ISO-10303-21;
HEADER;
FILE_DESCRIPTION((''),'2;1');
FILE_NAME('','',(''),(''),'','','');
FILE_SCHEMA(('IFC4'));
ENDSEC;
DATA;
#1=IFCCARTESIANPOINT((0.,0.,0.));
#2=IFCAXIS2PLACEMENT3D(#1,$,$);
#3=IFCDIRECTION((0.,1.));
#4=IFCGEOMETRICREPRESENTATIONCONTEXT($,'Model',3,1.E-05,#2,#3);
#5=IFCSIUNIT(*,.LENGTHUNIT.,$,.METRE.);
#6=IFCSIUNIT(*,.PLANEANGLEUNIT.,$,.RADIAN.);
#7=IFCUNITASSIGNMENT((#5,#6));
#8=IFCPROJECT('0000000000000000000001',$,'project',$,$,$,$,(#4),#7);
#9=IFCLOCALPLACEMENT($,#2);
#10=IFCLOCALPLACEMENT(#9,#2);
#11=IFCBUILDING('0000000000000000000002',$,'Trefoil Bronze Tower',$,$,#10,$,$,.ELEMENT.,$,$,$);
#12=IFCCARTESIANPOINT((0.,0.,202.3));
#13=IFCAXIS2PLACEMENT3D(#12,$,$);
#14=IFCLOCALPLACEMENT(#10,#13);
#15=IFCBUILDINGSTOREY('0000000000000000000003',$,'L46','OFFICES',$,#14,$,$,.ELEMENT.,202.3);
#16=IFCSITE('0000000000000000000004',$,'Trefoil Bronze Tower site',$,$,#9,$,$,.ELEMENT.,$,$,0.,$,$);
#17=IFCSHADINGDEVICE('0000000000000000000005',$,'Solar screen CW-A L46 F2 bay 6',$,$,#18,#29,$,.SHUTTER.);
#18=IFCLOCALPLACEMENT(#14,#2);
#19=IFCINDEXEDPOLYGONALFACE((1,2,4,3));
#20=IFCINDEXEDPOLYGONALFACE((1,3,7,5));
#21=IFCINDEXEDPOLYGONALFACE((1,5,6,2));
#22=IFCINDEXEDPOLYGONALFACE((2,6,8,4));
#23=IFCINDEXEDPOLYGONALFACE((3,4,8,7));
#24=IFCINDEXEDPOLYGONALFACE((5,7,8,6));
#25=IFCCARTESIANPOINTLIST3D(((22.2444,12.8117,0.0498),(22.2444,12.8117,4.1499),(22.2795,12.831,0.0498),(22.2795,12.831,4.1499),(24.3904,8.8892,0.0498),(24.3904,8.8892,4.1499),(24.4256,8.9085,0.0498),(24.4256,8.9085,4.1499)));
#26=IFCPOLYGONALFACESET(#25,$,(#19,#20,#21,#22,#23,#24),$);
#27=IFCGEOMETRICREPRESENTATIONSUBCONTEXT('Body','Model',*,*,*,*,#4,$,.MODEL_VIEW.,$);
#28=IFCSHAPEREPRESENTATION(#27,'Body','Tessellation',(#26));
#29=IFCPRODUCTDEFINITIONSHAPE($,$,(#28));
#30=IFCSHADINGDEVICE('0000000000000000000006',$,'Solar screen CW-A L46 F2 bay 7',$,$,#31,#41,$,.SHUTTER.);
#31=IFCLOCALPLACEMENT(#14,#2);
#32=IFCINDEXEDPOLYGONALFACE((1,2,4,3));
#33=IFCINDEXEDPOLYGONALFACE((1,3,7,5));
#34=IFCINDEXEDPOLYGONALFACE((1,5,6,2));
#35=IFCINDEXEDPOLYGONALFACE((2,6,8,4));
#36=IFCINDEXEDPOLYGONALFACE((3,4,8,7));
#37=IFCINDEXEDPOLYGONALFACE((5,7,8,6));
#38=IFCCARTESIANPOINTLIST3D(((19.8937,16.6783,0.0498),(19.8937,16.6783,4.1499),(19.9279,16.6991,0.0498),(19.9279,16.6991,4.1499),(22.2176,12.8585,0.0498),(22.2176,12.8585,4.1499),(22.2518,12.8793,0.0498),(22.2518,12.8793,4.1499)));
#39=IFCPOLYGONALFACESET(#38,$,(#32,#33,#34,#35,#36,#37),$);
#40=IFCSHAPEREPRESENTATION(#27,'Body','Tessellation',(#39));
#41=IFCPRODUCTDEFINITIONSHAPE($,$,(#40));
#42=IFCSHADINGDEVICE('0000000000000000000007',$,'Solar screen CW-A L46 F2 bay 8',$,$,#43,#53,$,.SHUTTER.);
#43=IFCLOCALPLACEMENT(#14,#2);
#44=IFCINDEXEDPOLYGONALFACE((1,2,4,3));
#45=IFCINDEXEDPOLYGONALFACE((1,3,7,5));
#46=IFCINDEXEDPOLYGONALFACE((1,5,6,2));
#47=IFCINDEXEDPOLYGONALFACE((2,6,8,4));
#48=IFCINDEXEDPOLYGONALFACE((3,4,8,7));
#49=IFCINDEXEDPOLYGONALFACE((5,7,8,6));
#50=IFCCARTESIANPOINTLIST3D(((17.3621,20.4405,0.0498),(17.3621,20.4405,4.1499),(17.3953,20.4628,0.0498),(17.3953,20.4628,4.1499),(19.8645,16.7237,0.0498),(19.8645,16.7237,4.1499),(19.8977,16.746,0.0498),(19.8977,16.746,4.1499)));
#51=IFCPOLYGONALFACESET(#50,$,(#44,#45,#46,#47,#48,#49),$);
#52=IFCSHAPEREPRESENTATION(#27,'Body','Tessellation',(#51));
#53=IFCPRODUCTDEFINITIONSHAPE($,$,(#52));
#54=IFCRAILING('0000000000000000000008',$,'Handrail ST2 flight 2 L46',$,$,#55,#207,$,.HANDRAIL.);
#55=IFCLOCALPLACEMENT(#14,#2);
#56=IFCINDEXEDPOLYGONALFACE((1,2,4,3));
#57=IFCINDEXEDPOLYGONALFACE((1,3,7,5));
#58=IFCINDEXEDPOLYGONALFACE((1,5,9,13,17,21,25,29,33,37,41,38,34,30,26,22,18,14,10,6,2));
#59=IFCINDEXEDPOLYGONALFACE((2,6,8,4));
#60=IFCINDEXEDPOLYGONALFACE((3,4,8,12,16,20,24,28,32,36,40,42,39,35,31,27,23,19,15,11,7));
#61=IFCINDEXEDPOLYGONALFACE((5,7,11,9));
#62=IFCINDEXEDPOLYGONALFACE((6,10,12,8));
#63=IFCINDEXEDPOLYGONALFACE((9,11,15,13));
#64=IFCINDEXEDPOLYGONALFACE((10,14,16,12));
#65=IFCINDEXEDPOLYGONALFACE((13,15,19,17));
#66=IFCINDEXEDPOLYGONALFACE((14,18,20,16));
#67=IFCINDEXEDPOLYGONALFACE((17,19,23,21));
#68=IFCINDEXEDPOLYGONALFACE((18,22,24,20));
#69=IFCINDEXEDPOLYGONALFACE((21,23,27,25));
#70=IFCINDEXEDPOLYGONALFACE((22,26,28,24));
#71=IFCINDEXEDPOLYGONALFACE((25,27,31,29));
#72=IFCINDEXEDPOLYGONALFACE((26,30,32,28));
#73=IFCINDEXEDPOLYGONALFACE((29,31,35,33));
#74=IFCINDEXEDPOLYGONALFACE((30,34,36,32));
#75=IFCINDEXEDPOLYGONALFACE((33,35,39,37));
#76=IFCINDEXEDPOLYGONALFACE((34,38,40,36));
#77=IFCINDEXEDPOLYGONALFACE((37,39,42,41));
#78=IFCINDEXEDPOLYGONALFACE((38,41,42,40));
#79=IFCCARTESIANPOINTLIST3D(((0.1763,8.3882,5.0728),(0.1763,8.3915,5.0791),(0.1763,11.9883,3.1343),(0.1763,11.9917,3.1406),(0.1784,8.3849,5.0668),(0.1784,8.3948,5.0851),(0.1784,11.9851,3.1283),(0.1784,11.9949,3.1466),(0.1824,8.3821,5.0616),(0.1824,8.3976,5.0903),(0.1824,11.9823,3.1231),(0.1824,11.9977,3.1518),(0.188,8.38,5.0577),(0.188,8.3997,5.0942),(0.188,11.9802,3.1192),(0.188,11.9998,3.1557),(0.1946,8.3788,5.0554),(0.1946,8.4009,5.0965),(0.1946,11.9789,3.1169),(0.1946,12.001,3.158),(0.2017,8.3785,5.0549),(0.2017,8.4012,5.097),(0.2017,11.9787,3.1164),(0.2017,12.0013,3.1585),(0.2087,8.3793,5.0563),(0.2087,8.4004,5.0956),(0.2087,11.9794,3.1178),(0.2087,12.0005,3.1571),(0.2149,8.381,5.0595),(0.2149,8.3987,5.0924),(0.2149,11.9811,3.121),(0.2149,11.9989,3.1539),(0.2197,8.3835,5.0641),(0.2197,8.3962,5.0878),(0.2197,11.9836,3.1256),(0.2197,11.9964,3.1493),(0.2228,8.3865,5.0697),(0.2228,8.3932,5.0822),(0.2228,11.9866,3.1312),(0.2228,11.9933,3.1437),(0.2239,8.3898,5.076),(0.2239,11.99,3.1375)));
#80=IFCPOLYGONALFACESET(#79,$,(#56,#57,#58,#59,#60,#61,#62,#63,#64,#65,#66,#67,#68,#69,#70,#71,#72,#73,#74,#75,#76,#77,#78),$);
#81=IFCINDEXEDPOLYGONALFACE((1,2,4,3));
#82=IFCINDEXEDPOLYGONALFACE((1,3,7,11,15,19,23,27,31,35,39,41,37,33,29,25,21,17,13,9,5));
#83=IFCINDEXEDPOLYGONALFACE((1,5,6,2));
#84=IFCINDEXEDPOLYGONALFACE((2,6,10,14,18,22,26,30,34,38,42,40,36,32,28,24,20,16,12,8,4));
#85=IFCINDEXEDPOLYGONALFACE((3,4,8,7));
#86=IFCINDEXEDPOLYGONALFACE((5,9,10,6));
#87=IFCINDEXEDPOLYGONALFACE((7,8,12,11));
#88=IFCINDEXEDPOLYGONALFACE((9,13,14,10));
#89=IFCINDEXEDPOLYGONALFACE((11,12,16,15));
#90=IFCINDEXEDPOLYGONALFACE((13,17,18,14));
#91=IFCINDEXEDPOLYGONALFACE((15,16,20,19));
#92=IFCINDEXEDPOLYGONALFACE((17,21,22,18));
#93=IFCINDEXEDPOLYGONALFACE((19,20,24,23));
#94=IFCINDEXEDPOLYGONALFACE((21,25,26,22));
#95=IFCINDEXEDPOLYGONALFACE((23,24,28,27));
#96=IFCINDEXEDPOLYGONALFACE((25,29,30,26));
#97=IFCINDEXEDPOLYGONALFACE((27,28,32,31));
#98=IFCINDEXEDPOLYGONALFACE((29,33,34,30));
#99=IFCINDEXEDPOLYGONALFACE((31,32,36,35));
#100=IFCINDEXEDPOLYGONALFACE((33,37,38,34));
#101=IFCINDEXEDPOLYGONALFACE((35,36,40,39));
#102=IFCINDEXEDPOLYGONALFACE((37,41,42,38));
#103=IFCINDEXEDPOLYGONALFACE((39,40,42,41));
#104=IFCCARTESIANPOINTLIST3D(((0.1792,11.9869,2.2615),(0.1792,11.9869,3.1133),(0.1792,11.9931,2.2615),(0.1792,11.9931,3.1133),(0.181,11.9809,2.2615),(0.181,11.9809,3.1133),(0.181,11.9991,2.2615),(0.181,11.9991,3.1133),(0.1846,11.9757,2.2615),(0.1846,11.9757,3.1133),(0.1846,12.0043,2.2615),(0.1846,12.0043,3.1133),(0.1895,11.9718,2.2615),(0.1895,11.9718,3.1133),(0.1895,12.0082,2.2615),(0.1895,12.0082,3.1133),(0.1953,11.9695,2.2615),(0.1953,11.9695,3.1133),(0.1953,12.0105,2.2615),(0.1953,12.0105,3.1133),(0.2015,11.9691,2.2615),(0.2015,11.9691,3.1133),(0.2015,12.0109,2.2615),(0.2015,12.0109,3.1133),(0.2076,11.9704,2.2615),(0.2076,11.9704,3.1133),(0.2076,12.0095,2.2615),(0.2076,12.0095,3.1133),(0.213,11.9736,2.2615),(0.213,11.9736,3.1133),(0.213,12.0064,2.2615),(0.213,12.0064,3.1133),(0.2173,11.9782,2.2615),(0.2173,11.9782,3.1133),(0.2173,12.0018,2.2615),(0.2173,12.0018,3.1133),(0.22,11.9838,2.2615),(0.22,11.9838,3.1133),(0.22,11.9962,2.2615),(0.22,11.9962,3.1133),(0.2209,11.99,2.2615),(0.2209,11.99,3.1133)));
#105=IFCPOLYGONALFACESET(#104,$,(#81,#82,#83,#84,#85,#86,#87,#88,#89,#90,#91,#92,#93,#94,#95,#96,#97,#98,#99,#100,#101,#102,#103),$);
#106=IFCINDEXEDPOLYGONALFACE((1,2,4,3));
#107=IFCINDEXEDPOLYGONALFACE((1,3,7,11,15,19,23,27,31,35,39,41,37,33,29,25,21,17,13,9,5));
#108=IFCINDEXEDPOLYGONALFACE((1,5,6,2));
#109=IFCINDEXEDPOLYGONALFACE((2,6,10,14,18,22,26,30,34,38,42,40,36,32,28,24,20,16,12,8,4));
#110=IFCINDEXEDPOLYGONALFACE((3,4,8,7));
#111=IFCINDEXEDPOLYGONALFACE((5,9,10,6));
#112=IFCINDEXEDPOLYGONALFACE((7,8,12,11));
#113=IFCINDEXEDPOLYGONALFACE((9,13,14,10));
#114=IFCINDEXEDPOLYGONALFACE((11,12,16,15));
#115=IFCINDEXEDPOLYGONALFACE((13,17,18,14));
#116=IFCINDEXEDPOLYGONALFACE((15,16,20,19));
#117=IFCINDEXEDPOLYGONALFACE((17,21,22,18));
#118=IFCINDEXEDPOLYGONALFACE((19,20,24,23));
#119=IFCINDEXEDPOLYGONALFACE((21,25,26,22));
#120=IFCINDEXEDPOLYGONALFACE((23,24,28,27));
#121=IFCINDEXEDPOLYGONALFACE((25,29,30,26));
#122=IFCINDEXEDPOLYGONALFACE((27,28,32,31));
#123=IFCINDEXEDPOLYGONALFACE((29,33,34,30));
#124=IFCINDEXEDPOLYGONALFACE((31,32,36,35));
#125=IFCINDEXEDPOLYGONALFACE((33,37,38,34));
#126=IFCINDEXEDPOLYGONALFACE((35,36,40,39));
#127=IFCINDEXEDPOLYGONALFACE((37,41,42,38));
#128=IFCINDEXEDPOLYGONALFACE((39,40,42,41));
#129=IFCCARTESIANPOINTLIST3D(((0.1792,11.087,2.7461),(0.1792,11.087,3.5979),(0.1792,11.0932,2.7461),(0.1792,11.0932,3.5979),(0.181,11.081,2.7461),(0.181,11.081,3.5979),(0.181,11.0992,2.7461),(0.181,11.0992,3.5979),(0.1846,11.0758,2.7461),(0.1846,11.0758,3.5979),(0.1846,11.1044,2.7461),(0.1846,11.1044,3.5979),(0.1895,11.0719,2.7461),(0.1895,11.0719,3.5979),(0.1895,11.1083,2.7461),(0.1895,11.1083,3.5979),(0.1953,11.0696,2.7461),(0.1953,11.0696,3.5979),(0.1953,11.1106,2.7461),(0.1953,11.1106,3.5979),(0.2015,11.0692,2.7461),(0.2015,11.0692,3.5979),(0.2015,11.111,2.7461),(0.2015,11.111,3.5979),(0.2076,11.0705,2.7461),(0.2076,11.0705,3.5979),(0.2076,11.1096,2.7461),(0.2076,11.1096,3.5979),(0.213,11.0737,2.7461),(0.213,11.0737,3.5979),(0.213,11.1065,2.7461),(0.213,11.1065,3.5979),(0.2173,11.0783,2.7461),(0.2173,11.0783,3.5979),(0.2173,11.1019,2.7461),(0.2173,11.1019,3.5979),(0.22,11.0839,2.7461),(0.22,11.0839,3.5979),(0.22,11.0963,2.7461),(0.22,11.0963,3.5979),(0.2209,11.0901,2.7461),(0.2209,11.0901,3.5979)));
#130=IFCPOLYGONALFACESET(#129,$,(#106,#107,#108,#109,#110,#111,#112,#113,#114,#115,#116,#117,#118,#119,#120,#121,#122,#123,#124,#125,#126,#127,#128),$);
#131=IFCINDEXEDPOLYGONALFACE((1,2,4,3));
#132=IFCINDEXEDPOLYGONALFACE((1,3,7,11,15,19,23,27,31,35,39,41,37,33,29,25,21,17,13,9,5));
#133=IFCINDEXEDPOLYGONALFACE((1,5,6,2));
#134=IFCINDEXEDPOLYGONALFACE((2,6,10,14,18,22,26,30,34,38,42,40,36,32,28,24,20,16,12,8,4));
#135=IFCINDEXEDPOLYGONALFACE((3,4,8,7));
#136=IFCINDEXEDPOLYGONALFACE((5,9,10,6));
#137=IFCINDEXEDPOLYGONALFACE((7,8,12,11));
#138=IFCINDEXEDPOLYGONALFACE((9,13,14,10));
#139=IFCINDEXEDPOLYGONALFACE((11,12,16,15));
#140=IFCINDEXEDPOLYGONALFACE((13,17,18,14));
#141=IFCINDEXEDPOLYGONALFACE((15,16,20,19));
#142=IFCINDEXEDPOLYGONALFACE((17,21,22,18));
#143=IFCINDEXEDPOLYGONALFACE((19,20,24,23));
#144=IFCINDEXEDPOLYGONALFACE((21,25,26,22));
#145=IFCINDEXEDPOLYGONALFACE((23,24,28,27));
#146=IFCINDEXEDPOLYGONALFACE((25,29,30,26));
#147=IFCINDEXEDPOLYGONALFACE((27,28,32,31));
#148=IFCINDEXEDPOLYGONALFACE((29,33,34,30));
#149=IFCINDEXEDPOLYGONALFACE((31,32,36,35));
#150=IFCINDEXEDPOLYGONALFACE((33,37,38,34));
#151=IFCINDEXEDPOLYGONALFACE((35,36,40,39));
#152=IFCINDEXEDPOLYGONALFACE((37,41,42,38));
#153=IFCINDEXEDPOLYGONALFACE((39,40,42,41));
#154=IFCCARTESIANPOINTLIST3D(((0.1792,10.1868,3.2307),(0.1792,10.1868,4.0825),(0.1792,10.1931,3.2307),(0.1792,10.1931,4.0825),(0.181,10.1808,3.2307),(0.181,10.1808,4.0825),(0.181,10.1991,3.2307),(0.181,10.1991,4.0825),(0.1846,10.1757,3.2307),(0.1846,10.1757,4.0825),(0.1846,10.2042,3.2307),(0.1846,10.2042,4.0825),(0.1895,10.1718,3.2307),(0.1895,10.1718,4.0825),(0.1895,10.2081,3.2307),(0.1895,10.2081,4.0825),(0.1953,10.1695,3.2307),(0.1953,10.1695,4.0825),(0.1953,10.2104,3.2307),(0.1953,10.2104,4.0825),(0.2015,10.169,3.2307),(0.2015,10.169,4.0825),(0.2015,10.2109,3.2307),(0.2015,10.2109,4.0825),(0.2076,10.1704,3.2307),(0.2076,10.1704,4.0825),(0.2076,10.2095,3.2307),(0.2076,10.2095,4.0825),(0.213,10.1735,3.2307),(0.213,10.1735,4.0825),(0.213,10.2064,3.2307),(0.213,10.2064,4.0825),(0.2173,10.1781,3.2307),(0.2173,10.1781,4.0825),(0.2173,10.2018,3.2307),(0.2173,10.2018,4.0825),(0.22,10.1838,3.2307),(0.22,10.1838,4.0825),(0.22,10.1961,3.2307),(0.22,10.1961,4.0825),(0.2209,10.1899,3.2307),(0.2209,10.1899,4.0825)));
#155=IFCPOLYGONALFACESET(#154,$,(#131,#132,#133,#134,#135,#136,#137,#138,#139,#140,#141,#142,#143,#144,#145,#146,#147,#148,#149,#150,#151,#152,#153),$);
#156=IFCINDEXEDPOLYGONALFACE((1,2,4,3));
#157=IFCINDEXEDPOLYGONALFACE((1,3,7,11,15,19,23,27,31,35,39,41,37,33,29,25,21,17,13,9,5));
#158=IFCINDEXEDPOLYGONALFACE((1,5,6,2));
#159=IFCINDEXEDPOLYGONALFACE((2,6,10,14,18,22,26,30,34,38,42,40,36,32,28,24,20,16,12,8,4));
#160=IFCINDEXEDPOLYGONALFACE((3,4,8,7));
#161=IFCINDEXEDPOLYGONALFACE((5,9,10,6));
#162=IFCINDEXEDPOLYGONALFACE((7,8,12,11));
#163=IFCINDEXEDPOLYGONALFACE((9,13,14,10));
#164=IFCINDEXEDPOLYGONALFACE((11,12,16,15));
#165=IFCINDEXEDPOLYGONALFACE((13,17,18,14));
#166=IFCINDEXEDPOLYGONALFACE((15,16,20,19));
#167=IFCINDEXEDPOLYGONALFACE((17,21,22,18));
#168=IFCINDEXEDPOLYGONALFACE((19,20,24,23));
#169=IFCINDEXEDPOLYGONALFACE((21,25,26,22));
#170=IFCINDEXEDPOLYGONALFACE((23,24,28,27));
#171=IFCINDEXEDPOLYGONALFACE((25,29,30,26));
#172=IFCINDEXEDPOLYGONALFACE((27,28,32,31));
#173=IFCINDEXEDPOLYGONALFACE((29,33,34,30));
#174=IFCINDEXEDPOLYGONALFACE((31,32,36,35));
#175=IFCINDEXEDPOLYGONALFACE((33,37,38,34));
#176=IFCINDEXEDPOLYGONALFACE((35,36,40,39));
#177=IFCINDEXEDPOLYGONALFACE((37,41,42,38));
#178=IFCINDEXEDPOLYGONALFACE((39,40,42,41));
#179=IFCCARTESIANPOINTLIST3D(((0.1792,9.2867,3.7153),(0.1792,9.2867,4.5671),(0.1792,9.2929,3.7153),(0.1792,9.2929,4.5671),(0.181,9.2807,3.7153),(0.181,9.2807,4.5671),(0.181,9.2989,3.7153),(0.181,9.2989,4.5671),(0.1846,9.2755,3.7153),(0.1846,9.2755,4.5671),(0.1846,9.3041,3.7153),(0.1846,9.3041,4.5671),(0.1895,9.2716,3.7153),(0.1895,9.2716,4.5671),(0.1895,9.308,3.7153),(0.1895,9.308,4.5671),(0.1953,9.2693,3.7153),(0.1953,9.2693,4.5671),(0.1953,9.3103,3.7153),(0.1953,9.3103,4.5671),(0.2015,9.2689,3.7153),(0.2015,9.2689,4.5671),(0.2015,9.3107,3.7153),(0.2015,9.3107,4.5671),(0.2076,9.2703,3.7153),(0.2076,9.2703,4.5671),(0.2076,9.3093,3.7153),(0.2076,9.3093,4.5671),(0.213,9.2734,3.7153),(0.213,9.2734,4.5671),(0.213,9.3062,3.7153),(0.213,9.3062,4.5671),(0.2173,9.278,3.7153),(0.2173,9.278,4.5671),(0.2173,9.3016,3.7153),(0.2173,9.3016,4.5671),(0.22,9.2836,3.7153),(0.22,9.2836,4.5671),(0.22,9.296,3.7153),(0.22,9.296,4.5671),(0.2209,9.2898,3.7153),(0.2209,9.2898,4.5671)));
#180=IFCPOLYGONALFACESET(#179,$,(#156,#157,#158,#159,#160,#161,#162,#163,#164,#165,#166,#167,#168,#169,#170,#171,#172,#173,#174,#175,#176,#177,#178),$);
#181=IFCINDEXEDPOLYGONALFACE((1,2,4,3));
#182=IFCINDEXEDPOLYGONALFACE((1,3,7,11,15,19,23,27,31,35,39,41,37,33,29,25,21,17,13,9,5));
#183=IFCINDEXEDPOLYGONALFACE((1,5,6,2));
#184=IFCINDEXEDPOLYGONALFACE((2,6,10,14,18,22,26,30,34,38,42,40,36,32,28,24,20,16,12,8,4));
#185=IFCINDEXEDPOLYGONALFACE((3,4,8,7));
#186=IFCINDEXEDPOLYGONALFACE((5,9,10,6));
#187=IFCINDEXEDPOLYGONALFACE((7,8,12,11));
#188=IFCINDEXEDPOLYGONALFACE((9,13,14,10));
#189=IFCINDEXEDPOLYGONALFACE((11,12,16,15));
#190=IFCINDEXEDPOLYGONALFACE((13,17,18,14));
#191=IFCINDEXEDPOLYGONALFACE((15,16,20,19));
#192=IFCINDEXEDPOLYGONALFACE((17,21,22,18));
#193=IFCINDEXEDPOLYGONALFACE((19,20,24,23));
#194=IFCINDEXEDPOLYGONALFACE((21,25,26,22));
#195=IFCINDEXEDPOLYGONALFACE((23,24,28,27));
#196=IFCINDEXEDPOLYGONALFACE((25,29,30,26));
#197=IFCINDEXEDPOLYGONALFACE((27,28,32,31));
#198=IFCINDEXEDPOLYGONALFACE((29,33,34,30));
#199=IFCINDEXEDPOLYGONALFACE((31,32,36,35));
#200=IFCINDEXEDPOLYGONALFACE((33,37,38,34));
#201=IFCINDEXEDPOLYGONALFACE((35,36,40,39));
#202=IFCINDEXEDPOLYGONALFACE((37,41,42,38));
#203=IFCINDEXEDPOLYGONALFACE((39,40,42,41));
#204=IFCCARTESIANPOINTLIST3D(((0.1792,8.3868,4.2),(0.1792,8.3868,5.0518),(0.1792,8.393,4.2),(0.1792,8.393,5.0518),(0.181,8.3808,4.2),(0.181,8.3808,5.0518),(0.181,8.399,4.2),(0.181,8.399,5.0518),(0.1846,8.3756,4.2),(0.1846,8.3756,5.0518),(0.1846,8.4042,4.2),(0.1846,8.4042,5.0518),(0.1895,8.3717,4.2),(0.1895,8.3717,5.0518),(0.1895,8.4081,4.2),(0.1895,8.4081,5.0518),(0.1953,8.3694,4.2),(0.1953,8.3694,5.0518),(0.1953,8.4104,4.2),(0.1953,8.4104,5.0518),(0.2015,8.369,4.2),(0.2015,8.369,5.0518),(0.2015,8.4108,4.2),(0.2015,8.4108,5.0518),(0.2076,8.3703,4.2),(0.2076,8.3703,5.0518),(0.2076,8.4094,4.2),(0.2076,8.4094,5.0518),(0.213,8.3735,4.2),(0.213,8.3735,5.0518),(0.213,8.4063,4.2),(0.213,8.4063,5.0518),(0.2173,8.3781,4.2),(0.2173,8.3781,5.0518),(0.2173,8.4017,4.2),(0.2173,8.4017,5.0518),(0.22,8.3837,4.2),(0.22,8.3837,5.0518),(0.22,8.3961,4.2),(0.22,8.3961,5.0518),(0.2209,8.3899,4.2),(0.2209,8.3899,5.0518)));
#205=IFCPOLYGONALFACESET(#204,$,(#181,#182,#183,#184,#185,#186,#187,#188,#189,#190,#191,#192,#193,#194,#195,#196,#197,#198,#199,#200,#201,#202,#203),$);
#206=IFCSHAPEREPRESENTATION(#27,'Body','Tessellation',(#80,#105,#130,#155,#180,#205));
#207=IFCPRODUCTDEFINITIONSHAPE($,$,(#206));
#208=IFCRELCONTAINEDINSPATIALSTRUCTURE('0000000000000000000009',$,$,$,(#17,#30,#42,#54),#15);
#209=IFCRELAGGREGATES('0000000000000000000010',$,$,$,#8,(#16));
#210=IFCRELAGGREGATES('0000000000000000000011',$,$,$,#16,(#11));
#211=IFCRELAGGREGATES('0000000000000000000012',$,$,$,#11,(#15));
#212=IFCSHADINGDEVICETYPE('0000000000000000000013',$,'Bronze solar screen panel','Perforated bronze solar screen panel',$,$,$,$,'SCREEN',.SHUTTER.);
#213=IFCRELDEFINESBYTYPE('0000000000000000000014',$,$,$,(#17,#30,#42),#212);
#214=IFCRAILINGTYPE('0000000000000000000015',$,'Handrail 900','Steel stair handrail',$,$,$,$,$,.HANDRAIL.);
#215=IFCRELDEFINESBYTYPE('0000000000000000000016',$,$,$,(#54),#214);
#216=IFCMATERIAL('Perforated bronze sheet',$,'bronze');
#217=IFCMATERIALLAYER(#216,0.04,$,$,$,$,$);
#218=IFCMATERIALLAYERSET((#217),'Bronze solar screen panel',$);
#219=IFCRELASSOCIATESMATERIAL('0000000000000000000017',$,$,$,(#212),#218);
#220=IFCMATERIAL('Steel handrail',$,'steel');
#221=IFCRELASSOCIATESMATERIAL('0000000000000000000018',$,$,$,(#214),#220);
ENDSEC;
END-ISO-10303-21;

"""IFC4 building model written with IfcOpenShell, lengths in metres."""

from ifc_helpers import new_model, si_unit, direction, frame, origin, origin_2d, place, context, subcontext, project, spatial, rectangle, circle, extrude, material, layer, layer_set, type_object, element, save


model = new_model("IFC4")

# Units and contexts
model_context = context("Model", 3, precision=1e-05, world=origin(), true_north=direction((0.0, 1.0)))
body_context = subcontext(model_context, "Body", "Model", "MODEL_VIEW")
ifc_project = project(units=[si_unit("LENGTHUNIT", "METRE"), si_unit("PLANEANGLEUNIT", "RADIAN")], contexts=[model_context])

# Site, building, storey
site_placement = place(None, origin())
site = spatial("IfcSite", under=ifc_project, at=site_placement, Name="Trefoil Bronze Tower site", CompositionType="ELEMENT", RefElevation=0.0)
building_placement = place(site_placement, origin())
building = spatial("IfcBuilding", under=site, at=building_placement, Name="Trefoil Bronze Tower", CompositionType="ELEMENT")
storey_placement = place(building_placement, frame((0.0, 0.0, 202.3)))
storey = spatial("IfcBuildingStorey", under=building, at=storey_placement, Name="L46", Description="OFFICES", CompositionType="ELEMENT", Elevation=202.3)

# Shading devices
ifc_material_1 = material(Name="Perforated bronze sheet", Category="bronze")
ifc_layer_1 = layer(ifc_material_1, 0.04)
ifc_layer_set_1 = layer_set([ifc_layer_1], Name="Bronze solar screen panel")
shading_device_type = type_object("IfcShadingDeviceType", Name="Bronze solar screen panel", Description="Perforated bronze solar screen panel", ElementType="SCREEN", PredefinedType="SHUTTER", material=ifc_layer_set_1)
for number, where, z_axis, x_axis, name in (
    (1, (23.335, 10.8601, 0.0498), (0.0, 0.0, 1.0), (-0.479974, 0.877283, 0.0), "Solar screen CW-A L46 F2 bay 6"),
    (2, (21.0728, 14.7788, 0.0498), (0.0, 0.0, 1.0), (-0.519762, 0.854311, 0.0), "Solar screen CW-A L46 F2 bay 7"),
):
    element("IfcShadingDevice", number, at=place(storey_placement, frame(where, z_axis=z_axis, x_axis=x_axis)), inside=storey, type_object=shading_device_type, Name=name, PredefinedType="SHUTTER", context=body_context, shape_type="SweptSolid", body=[
        extrude(rectangle(XDim=4.4712, YDim=0.04, at=origin_2d()), origin(), (0.0, 0.0, 1.0), 4.1001),
    ])
shading_device_placement = place(storey_placement, frame((18.6299, 18.5933, 0.0498), z_axis=(0.0, 0.0, 1.0), x_axis=(-0.558493, 0.829509, 0.0)))
element("IfcShadingDevice", 3, at=shading_device_placement, inside=storey, type_object=shading_device_type, Name="Solar screen CW-A L46 F2 bay 8", PredefinedType="SHUTTER", context=body_context, shape_type="SweptSolid", body=[
    extrude(rectangle(XDim=4.4807, YDim=0.04, at=origin_2d()), origin(), (0.0, 0.0, 1.0), 4.1001),
])

# Railing
ifc_material_2 = material(Name="Steel handrail", Category="steel")
railing_type = type_object("IfcRailingType", Name="Handrail 900", Description="Steel stair handrail", PredefinedType="HANDRAIL", material=ifc_material_2)
railing_placement = place(storey_placement, frame((0.2, 11.99, 2.2615)))
element("IfcRailing", 4, at=railing_placement, inside=storey, type_object=railing_type, Name="Handrail ST2 flight 2 L46", PredefinedType="HANDRAIL", context=body_context, shape_type="SweptSolid", body=[
    extrude(circle(Radius=0.0239, at=origin_2d()), frame((0.0, 0.0, 0.876), z_axis=(0.0, -0.880475, 0.474093), x_axis=(1.0, 0.0, 0.0)), (0.0, 0.0, 1.0), 4.0889),
    extrude(circle(Radius=0.021, at=origin_2d()), origin(), (0.0, 0.0, 1.0), 0.8518),
    extrude(circle(Radius=0.021, at=origin_2d()), frame((0.0, -0.8999, 0.4846)), (0.0, 0.0, 1.0), 0.8518),
    extrude(circle(Radius=0.021, at=origin_2d()), frame((0.0, -1.8, 0.9692)), (0.0, 0.0, 1.0), 0.8518),
    extrude(circle(Radius=0.021, at=origin_2d()), frame((0.0, -2.7002, 1.4539)), (0.0, 0.0, 1.0), 0.8518),
    extrude(circle(Radius=0.021, at=origin_2d()), frame((0.0, -3.6001, 1.9385)), (0.0, 0.0, 1.0), 0.8518),
])

save(model, "model.ifc")
